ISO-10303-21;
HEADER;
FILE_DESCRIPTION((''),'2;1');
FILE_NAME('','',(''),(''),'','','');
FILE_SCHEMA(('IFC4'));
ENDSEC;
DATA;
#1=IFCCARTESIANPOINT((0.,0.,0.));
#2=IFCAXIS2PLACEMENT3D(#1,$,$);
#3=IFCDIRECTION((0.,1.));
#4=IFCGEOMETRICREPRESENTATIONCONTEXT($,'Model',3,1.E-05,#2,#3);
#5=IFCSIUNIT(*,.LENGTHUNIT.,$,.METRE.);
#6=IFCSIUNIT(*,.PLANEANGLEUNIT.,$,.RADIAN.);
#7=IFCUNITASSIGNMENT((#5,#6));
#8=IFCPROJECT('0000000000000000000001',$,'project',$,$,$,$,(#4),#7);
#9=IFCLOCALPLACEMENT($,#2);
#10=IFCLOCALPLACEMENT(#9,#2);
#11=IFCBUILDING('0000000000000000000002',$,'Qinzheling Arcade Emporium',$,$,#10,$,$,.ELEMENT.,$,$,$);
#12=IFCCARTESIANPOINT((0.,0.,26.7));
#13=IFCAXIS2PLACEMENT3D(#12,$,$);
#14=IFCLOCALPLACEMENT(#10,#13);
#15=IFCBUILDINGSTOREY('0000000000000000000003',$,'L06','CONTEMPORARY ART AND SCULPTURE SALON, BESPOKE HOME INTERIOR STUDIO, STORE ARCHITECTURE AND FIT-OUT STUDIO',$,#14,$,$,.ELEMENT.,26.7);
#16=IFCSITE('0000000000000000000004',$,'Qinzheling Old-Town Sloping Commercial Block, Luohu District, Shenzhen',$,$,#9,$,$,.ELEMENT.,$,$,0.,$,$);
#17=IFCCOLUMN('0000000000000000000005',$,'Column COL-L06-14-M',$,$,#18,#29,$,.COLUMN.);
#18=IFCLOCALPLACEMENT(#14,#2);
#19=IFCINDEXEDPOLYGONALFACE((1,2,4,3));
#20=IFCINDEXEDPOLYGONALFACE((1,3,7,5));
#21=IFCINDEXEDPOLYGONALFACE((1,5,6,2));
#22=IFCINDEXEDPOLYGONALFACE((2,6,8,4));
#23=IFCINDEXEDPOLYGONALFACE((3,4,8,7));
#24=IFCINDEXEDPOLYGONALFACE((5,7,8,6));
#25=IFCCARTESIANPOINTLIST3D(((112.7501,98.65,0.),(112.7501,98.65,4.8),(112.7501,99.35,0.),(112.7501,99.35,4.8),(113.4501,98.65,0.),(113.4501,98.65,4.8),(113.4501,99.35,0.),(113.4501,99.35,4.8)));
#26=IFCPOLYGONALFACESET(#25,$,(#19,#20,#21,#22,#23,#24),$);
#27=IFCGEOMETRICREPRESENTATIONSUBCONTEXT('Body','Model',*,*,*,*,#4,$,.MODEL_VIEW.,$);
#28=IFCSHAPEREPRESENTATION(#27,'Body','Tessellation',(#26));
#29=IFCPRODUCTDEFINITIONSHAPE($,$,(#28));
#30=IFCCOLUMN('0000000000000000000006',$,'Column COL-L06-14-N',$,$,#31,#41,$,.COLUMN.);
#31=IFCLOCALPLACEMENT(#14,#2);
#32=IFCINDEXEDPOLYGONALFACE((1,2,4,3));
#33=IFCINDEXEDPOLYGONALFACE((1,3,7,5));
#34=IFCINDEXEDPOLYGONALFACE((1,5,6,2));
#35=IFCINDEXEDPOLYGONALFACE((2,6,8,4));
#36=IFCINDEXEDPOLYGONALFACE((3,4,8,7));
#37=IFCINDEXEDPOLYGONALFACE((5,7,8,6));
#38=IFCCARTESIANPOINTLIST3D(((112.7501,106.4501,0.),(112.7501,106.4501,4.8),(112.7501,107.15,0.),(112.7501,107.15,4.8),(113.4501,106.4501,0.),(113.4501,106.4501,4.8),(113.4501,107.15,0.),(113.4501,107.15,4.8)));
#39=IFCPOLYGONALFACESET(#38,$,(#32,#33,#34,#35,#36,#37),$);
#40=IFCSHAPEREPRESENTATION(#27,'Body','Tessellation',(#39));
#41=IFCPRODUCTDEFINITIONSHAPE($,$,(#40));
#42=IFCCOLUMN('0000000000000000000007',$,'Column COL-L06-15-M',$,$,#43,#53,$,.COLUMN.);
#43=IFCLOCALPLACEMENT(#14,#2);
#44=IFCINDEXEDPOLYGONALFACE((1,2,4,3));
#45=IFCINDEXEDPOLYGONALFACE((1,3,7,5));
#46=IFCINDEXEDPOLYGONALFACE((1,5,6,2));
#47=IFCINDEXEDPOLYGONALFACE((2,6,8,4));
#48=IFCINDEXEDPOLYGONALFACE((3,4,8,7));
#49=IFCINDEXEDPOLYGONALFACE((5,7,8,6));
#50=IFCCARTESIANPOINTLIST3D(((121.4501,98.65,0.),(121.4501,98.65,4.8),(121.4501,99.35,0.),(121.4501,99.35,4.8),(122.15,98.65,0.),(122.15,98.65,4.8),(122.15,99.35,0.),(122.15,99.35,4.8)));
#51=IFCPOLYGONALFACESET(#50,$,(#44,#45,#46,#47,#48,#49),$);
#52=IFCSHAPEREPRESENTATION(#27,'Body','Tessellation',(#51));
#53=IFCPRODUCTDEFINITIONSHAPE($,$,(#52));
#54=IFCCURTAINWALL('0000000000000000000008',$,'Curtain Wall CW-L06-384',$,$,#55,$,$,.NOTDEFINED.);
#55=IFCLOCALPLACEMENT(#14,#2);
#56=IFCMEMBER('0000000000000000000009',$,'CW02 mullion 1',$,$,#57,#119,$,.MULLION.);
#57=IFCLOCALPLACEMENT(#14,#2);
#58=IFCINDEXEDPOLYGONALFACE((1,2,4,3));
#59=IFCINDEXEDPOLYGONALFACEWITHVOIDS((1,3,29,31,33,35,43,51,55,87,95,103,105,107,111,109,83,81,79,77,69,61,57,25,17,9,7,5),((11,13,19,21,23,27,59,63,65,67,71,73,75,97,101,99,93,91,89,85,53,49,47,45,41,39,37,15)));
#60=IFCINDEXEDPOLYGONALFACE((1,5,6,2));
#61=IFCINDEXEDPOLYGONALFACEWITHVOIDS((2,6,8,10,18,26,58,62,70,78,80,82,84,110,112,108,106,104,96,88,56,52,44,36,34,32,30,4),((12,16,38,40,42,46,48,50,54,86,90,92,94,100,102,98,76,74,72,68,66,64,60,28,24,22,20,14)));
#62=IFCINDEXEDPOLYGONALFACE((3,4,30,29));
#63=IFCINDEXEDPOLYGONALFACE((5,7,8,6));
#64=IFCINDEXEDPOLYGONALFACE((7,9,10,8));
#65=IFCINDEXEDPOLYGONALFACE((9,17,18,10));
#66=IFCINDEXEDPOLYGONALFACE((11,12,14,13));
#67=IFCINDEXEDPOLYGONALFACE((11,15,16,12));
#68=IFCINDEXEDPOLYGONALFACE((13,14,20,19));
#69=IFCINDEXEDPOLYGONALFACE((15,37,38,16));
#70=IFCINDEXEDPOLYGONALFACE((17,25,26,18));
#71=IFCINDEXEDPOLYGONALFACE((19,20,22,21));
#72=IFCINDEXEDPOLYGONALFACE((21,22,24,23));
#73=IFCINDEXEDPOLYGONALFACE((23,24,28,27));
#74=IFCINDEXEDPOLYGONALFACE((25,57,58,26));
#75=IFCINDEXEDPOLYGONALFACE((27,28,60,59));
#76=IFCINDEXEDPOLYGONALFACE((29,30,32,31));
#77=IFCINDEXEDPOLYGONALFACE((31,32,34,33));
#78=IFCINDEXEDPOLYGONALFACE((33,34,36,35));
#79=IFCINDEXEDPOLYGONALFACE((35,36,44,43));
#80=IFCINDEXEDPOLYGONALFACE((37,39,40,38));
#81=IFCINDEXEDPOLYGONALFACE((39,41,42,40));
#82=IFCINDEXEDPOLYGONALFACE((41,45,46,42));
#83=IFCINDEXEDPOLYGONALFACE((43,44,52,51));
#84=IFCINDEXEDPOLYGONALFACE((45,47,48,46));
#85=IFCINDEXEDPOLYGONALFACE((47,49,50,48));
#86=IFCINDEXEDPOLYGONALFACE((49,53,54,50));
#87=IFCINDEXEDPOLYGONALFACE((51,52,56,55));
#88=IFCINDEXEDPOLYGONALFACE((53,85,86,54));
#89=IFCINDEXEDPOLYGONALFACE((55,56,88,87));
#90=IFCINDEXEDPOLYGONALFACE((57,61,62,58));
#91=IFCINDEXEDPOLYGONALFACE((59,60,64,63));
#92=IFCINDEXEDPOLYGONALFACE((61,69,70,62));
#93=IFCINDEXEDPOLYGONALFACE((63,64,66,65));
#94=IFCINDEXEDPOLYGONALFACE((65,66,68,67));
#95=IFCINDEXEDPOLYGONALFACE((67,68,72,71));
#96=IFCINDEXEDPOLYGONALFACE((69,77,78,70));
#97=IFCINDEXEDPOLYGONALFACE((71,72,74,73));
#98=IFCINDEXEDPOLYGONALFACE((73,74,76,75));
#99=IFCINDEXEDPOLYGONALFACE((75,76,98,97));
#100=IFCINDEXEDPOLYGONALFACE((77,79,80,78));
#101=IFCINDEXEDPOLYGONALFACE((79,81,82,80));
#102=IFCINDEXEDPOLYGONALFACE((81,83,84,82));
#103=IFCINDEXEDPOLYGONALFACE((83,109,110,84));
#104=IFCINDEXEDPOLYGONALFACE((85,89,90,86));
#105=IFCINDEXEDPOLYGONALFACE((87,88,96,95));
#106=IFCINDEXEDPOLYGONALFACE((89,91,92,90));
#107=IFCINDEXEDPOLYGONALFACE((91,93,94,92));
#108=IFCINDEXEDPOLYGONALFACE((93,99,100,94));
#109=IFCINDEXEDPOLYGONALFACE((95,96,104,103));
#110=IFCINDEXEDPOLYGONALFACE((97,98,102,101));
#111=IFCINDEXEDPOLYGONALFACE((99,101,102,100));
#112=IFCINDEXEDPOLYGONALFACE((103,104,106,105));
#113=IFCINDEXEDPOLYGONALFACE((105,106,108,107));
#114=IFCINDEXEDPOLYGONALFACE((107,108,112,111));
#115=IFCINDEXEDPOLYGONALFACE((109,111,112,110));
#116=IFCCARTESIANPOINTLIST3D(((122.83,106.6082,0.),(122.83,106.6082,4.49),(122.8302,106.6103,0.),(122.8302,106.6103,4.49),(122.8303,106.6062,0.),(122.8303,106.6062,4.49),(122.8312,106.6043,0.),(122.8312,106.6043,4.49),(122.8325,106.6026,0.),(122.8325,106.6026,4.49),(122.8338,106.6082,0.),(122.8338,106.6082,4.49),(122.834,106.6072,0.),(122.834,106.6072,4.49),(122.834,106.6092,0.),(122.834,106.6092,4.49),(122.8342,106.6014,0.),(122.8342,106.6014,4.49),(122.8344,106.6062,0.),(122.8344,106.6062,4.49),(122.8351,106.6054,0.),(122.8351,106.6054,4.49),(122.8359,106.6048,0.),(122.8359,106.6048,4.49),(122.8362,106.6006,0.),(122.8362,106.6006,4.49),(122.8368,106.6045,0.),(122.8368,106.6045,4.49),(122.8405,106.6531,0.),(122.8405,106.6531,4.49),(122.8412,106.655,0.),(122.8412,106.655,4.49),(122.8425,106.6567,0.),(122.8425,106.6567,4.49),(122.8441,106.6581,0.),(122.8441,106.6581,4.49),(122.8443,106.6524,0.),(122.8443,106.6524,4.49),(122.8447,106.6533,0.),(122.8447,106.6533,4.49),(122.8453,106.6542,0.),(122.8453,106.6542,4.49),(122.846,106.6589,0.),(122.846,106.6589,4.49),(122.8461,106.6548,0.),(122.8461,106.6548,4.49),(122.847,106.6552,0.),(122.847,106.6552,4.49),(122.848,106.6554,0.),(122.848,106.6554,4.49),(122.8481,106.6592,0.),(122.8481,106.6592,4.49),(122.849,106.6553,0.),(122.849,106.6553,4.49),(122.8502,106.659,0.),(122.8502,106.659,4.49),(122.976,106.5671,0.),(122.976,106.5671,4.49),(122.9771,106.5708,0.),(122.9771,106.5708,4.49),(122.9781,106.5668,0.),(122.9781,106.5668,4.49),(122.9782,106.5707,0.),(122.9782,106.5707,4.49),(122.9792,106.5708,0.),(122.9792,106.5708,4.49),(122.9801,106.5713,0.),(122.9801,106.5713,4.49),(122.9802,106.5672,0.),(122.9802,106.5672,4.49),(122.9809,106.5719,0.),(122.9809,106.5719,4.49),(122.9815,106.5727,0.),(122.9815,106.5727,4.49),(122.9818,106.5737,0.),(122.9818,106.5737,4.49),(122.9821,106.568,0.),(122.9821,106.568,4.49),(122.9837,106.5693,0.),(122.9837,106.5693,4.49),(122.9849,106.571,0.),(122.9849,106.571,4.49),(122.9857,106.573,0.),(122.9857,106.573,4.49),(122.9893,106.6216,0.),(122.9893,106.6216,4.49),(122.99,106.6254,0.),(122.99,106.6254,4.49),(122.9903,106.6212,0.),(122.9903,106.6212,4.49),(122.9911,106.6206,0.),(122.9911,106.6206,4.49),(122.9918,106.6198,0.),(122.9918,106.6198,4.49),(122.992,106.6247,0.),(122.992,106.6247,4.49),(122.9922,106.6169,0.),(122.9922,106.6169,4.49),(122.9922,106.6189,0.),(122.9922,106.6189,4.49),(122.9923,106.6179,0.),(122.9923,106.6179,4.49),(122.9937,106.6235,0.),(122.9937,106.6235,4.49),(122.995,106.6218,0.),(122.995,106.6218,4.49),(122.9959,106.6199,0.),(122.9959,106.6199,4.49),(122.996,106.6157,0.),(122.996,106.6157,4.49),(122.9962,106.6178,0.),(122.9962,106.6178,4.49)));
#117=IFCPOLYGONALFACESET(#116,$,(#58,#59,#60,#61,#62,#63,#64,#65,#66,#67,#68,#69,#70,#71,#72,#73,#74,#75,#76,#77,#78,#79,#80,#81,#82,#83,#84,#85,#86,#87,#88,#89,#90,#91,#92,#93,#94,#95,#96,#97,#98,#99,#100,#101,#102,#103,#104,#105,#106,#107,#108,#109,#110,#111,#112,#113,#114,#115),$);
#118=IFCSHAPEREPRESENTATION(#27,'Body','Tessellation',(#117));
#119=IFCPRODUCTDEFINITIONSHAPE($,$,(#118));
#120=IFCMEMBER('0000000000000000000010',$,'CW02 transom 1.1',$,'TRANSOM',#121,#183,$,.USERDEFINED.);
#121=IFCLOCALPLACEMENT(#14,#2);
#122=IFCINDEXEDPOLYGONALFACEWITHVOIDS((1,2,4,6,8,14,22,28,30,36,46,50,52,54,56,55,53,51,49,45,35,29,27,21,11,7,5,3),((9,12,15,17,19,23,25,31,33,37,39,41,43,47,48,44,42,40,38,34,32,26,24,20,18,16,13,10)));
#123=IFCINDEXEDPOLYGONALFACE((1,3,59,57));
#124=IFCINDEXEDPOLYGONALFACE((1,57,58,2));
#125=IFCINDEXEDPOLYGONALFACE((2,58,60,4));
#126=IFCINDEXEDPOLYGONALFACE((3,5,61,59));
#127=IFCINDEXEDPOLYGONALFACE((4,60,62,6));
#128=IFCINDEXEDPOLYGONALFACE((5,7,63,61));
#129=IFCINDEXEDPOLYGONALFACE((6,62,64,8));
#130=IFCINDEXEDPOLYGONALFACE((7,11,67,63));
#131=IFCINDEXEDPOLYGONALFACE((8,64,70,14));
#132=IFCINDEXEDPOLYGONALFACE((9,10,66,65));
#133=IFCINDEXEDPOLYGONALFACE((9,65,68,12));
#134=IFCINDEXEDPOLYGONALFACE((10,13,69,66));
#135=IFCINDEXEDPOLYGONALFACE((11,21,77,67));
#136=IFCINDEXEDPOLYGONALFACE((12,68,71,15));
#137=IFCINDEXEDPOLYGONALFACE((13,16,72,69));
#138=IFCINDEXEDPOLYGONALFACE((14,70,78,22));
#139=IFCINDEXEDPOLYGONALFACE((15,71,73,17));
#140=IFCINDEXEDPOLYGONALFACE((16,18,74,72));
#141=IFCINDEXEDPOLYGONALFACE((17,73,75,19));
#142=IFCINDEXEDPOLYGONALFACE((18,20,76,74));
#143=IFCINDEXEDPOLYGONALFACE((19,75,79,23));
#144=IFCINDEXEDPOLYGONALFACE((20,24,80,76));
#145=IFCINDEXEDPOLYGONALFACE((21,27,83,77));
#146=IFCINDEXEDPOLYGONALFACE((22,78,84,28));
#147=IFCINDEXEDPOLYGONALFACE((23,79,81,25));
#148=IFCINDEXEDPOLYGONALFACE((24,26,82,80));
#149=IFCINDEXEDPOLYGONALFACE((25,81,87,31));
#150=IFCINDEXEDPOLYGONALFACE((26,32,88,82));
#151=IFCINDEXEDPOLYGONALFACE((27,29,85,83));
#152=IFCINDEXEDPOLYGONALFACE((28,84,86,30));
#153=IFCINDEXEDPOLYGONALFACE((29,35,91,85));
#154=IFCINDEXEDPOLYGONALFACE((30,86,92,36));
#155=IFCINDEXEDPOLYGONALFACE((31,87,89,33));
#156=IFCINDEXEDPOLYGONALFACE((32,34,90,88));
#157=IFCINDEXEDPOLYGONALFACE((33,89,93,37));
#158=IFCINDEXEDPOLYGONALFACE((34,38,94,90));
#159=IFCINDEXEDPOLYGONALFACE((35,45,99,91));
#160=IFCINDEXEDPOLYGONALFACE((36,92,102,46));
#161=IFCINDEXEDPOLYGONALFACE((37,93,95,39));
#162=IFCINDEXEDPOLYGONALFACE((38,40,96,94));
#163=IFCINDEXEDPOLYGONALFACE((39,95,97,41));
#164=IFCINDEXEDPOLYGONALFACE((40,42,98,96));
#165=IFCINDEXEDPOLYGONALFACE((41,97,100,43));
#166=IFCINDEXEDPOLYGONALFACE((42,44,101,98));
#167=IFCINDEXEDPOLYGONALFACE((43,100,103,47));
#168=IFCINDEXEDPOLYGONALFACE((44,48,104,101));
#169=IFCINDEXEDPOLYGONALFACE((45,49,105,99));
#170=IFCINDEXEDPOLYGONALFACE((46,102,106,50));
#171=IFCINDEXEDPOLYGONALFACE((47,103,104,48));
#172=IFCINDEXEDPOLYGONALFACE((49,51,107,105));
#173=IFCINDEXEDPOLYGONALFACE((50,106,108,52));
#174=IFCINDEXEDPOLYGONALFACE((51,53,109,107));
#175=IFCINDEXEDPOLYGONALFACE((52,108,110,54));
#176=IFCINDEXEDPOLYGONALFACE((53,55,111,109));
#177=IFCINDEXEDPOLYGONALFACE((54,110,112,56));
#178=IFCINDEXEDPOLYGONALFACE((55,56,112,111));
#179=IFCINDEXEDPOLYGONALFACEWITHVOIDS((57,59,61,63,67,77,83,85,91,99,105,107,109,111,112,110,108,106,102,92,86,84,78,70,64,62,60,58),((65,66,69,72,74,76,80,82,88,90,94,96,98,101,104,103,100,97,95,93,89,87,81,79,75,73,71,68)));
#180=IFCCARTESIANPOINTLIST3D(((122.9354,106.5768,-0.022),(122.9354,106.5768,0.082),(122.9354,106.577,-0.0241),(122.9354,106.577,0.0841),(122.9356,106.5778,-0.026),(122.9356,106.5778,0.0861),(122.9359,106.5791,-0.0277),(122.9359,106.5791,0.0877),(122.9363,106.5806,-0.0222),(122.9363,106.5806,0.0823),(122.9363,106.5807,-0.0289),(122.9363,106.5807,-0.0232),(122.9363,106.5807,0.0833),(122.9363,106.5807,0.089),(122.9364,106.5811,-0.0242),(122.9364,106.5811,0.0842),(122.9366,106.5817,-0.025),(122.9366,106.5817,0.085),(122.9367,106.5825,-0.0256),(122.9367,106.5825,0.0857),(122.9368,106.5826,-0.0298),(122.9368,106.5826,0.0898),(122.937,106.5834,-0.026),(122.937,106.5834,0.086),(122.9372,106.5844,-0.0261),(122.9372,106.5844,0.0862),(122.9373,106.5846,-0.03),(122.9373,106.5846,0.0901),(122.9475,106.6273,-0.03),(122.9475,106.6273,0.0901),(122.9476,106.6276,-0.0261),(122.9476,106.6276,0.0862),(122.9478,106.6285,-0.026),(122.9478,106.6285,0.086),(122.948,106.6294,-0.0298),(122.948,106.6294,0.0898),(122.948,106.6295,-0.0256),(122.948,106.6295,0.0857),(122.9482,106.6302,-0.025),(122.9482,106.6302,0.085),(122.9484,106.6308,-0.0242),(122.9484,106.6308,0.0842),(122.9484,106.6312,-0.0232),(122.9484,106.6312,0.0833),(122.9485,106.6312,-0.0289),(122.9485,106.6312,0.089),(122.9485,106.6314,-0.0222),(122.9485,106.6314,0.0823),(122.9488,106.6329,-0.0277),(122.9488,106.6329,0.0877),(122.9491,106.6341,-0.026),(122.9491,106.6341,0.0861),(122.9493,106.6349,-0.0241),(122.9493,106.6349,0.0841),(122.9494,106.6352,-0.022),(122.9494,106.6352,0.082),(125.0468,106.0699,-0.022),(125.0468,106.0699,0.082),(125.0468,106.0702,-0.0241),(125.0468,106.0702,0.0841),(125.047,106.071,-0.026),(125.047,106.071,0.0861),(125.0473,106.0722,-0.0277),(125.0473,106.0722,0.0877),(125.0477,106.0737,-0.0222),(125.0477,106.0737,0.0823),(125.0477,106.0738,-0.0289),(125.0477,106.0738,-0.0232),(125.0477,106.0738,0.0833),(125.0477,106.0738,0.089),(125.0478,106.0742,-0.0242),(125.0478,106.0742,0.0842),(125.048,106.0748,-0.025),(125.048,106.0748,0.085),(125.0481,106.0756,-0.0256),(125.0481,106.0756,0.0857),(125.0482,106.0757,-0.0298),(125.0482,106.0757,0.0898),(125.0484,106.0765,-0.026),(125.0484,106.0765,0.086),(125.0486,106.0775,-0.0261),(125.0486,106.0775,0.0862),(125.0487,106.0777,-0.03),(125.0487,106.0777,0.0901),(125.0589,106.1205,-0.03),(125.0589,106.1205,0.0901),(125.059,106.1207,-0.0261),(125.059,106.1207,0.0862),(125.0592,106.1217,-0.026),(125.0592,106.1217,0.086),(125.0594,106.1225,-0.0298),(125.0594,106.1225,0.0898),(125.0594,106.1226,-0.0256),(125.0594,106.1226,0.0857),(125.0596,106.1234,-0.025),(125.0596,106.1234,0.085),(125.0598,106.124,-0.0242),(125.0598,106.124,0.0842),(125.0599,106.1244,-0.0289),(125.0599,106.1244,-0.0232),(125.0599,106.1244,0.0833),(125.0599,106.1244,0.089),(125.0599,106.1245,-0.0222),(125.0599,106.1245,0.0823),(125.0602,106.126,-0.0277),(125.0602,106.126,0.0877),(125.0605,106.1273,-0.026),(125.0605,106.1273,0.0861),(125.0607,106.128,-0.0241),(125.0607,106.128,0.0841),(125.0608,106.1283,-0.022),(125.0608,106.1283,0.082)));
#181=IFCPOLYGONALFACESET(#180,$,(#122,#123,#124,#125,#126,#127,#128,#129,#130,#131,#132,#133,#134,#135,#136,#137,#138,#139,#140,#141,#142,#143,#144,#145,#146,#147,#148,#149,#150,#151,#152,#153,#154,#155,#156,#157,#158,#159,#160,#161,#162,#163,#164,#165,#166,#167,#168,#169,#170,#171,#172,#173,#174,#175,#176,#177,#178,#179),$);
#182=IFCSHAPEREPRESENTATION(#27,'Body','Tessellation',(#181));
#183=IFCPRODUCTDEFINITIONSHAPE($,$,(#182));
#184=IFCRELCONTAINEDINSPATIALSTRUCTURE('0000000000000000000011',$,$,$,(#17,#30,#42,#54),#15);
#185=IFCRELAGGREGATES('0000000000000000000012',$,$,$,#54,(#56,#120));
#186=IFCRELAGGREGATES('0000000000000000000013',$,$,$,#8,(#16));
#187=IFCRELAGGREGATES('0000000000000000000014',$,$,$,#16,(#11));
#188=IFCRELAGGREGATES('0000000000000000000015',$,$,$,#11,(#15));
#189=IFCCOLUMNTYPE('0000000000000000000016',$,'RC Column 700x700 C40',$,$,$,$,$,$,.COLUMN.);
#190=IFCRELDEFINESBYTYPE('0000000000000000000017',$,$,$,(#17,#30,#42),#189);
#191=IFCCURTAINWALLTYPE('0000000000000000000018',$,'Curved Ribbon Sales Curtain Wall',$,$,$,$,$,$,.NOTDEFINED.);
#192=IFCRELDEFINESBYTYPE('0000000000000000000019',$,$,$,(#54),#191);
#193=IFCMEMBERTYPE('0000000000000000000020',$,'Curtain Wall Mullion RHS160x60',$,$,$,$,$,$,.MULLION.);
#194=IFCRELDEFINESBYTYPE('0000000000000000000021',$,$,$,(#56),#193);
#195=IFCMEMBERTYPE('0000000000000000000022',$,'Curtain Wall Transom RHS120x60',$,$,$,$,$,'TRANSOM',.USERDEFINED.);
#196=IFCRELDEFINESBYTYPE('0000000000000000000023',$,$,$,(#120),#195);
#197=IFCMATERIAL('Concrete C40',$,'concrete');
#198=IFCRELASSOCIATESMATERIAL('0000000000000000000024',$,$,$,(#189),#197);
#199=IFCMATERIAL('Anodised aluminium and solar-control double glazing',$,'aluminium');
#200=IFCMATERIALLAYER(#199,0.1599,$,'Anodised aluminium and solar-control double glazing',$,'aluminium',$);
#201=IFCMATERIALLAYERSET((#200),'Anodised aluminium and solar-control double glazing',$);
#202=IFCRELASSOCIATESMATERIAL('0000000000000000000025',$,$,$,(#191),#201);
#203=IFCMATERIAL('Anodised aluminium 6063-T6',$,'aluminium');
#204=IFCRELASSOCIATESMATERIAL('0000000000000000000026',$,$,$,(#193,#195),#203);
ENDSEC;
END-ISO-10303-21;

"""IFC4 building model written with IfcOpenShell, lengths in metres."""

from ifc_helpers import new_model, si_unit, direction, frame, origin, origin_2d, place, context, subcontext, project, spatial, rectangle, hollow_rectangle, extrude, material, layer, layer_set, material_profile, profile_set, type_object, element, aggregate, save


model = new_model("IFC4")

# Units and contexts
model_context = context("Model", 3, precision=1e-05, world=origin(), true_north=direction((0.0, 1.0)))
body_context = subcontext(model_context, "Body", "Model", "MODEL_VIEW")
ifc_project = project(units=[si_unit("LENGTHUNIT", "METRE"), si_unit("PLANEANGLEUNIT", "RADIAN")], contexts=[model_context])

# Site, building, storey
site_placement = place(None, origin())
site = spatial("IfcSite", under=ifc_project, at=site_placement, Name="Qinzheling Old-Town Sloping Commercial Block, Luohu District, Shenzhen", CompositionType="ELEMENT", RefElevation=0.0)
building_placement = place(site_placement, origin())
building = spatial("IfcBuilding", under=site, at=building_placement, Name="Qinzheling Arcade Emporium", CompositionType="ELEMENT")
storey_placement = place(building_placement, frame((0.0, 0.0, 26.7)))
storey = spatial("IfcBuildingStorey", under=building, at=storey_placement, Name="L06", Description="CONTEMPORARY ART AND SCULPTURE SALON, BESPOKE HOME INTERIOR STUDIO, STORE ARCHITECTURE AND FIT-OUT STUDIO", CompositionType="ELEMENT", Elevation=26.7)

# Columns
ifc_material_1 = material(Name="Concrete C40", Category="concrete")
ifc_material_profile_1 = material_profile(ifc_material_1, rectangle(XDim=0.7, YDim=0.7, at=origin_2d()), Name="RC 700x700", Category="concrete")
ifc_profile_set_1 = profile_set([ifc_material_profile_1], Name="Concrete C40")
column_type = type_object("IfcColumnType", Name="RC Column 700x700 C40", PredefinedType="COLUMN", material=ifc_profile_set_1)
for number, where, z_axis, x_axis, name in (
    (1, (113.1001, 99.0, 0.0), (0.0, 0.0, 1.0), (1.0, 0.0, 0.0), "Column COL-L06-14-M"),
    (2, (113.1001, 106.8, 0.0), (0.0, 0.0, 1.0), (1.0, 0.0, 0.0), "Column COL-L06-14-N"),
    (3, (121.8, 99.0, 0.0), (0.0, 0.0, 1.0), (1.0, 0.0, 0.0), "Column COL-L06-15-M"),
):
    element("IfcColumn", number, at=place(storey_placement, frame(where, z_axis=z_axis, x_axis=x_axis)), inside=storey, type_object=column_type, Name=name, PredefinedType="COLUMN", context=body_context, shape_type="SweptSolid", body=[
        extrude(rectangle(XDim=0.7, YDim=0.7, at=origin_2d()), origin(), (0.0, 0.0, 1.0), 4.8),
    ])

# Curtain wall, members
ifc_material_2 = material(Name="Anodised aluminium and solar-control double glazing", Category="aluminium")
ifc_layer_1 = layer(ifc_material_2, 0.1599, Name="Anodised aluminium and solar-control double glazing", Category="aluminium")
ifc_layer_set_1 = layer_set([ifc_layer_1], Name="Anodised aluminium and solar-control double glazing")
curtain_wall_type = type_object("IfcCurtainWallType", Name="Curved Ribbon Sales Curtain Wall", PredefinedType="NOTDEFINED", material=ifc_layer_set_1)
curtain_wall_placement = place(storey_placement, origin())
curtain_wall = element("IfcCurtainWall", 4, at=curtain_wall_placement, inside=storey, type_object=curtain_wall_type, Name="Curtain Wall CW-L06-384", PredefinedType="NOTDEFINED")
ifc_material_3 = material(Name="Anodised aluminium 6063-T6", Category="aluminium")
ifc_material_profile_2 = material_profile(ifc_material_3, hollow_rectangle(XDim=0.0601, YDim=0.1599, WallThickness=0.0039, InnerFilletRadius=0.0039, OuterFilletRadius=0.0081, at=origin_2d()), Name="RHS 160x60x4", Category="aluminium")
ifc_profile_set_2 = profile_set([ifc_material_profile_2], Name="Anodised aluminium 6063-T6")
member_type_1 = type_object("IfcMemberType", Name="Curtain Wall Mullion RHS160x60", PredefinedType="MULLION", material=ifc_profile_set_2)
member_1_placement = place(storey_placement, frame((122.9131, 106.613, 0.0), z_axis=(0.0, 0.0, 1.0), x_axis=(0.233488, 0.97236, 0.0)))
member_1 = element("IfcMember", 5, at=member_1_placement, type_object=member_type_1, Name="CW02 mullion 1", PredefinedType="MULLION", context=body_context, shape_type="SweptSolid", body=[
    extrude(hollow_rectangle(XDim=0.0601, YDim=0.1599, WallThickness=0.0039, InnerFilletRadius=0.0039, OuterFilletRadius=0.0081, at=origin_2d()), origin(), (0.0, 0.0, 1.0), 4.49),
])
ifc_material_profile_3 = material_profile(ifc_material_3, hollow_rectangle(XDim=0.0601, YDim=0.1201, WallThickness=0.0039, InnerFilletRadius=0.0039, OuterFilletRadius=0.0081, at=origin_2d()), Name="RHS 120x60x4", Category="aluminium")
ifc_profile_set_3 = profile_set([ifc_material_profile_3], Name="Anodised aluminium 6063-T6")
member_type_2 = type_object("IfcMemberType", Name="Curtain Wall Transom RHS120x60", ElementType="TRANSOM", PredefinedType="USERDEFINED", material=ifc_profile_set_3)
member_2_placement = place(storey_placement, frame((122.9424, 106.606, 0.03), z_axis=(0.972375, -0.233424, 0.0), x_axis=(0.233424, 0.972375, 0.0)))
member_2 = element("IfcMember", 6, at=member_2_placement, type_object=member_type_2, Name="CW02 transom 1.1", ObjectType="TRANSOM", PredefinedType="USERDEFINED", context=body_context, shape_type="SweptSolid", body=[
    extrude(hollow_rectangle(XDim=0.0601, YDim=0.1201, WallThickness=0.0039, InnerFilletRadius=0.0039, OuterFilletRadius=0.0081, at=origin_2d()), origin(), (0.0, 0.0, 1.0), 2.1714),
])
aggregate(curtain_wall, [member_1, member_2])

save(model, "model.ifc")
